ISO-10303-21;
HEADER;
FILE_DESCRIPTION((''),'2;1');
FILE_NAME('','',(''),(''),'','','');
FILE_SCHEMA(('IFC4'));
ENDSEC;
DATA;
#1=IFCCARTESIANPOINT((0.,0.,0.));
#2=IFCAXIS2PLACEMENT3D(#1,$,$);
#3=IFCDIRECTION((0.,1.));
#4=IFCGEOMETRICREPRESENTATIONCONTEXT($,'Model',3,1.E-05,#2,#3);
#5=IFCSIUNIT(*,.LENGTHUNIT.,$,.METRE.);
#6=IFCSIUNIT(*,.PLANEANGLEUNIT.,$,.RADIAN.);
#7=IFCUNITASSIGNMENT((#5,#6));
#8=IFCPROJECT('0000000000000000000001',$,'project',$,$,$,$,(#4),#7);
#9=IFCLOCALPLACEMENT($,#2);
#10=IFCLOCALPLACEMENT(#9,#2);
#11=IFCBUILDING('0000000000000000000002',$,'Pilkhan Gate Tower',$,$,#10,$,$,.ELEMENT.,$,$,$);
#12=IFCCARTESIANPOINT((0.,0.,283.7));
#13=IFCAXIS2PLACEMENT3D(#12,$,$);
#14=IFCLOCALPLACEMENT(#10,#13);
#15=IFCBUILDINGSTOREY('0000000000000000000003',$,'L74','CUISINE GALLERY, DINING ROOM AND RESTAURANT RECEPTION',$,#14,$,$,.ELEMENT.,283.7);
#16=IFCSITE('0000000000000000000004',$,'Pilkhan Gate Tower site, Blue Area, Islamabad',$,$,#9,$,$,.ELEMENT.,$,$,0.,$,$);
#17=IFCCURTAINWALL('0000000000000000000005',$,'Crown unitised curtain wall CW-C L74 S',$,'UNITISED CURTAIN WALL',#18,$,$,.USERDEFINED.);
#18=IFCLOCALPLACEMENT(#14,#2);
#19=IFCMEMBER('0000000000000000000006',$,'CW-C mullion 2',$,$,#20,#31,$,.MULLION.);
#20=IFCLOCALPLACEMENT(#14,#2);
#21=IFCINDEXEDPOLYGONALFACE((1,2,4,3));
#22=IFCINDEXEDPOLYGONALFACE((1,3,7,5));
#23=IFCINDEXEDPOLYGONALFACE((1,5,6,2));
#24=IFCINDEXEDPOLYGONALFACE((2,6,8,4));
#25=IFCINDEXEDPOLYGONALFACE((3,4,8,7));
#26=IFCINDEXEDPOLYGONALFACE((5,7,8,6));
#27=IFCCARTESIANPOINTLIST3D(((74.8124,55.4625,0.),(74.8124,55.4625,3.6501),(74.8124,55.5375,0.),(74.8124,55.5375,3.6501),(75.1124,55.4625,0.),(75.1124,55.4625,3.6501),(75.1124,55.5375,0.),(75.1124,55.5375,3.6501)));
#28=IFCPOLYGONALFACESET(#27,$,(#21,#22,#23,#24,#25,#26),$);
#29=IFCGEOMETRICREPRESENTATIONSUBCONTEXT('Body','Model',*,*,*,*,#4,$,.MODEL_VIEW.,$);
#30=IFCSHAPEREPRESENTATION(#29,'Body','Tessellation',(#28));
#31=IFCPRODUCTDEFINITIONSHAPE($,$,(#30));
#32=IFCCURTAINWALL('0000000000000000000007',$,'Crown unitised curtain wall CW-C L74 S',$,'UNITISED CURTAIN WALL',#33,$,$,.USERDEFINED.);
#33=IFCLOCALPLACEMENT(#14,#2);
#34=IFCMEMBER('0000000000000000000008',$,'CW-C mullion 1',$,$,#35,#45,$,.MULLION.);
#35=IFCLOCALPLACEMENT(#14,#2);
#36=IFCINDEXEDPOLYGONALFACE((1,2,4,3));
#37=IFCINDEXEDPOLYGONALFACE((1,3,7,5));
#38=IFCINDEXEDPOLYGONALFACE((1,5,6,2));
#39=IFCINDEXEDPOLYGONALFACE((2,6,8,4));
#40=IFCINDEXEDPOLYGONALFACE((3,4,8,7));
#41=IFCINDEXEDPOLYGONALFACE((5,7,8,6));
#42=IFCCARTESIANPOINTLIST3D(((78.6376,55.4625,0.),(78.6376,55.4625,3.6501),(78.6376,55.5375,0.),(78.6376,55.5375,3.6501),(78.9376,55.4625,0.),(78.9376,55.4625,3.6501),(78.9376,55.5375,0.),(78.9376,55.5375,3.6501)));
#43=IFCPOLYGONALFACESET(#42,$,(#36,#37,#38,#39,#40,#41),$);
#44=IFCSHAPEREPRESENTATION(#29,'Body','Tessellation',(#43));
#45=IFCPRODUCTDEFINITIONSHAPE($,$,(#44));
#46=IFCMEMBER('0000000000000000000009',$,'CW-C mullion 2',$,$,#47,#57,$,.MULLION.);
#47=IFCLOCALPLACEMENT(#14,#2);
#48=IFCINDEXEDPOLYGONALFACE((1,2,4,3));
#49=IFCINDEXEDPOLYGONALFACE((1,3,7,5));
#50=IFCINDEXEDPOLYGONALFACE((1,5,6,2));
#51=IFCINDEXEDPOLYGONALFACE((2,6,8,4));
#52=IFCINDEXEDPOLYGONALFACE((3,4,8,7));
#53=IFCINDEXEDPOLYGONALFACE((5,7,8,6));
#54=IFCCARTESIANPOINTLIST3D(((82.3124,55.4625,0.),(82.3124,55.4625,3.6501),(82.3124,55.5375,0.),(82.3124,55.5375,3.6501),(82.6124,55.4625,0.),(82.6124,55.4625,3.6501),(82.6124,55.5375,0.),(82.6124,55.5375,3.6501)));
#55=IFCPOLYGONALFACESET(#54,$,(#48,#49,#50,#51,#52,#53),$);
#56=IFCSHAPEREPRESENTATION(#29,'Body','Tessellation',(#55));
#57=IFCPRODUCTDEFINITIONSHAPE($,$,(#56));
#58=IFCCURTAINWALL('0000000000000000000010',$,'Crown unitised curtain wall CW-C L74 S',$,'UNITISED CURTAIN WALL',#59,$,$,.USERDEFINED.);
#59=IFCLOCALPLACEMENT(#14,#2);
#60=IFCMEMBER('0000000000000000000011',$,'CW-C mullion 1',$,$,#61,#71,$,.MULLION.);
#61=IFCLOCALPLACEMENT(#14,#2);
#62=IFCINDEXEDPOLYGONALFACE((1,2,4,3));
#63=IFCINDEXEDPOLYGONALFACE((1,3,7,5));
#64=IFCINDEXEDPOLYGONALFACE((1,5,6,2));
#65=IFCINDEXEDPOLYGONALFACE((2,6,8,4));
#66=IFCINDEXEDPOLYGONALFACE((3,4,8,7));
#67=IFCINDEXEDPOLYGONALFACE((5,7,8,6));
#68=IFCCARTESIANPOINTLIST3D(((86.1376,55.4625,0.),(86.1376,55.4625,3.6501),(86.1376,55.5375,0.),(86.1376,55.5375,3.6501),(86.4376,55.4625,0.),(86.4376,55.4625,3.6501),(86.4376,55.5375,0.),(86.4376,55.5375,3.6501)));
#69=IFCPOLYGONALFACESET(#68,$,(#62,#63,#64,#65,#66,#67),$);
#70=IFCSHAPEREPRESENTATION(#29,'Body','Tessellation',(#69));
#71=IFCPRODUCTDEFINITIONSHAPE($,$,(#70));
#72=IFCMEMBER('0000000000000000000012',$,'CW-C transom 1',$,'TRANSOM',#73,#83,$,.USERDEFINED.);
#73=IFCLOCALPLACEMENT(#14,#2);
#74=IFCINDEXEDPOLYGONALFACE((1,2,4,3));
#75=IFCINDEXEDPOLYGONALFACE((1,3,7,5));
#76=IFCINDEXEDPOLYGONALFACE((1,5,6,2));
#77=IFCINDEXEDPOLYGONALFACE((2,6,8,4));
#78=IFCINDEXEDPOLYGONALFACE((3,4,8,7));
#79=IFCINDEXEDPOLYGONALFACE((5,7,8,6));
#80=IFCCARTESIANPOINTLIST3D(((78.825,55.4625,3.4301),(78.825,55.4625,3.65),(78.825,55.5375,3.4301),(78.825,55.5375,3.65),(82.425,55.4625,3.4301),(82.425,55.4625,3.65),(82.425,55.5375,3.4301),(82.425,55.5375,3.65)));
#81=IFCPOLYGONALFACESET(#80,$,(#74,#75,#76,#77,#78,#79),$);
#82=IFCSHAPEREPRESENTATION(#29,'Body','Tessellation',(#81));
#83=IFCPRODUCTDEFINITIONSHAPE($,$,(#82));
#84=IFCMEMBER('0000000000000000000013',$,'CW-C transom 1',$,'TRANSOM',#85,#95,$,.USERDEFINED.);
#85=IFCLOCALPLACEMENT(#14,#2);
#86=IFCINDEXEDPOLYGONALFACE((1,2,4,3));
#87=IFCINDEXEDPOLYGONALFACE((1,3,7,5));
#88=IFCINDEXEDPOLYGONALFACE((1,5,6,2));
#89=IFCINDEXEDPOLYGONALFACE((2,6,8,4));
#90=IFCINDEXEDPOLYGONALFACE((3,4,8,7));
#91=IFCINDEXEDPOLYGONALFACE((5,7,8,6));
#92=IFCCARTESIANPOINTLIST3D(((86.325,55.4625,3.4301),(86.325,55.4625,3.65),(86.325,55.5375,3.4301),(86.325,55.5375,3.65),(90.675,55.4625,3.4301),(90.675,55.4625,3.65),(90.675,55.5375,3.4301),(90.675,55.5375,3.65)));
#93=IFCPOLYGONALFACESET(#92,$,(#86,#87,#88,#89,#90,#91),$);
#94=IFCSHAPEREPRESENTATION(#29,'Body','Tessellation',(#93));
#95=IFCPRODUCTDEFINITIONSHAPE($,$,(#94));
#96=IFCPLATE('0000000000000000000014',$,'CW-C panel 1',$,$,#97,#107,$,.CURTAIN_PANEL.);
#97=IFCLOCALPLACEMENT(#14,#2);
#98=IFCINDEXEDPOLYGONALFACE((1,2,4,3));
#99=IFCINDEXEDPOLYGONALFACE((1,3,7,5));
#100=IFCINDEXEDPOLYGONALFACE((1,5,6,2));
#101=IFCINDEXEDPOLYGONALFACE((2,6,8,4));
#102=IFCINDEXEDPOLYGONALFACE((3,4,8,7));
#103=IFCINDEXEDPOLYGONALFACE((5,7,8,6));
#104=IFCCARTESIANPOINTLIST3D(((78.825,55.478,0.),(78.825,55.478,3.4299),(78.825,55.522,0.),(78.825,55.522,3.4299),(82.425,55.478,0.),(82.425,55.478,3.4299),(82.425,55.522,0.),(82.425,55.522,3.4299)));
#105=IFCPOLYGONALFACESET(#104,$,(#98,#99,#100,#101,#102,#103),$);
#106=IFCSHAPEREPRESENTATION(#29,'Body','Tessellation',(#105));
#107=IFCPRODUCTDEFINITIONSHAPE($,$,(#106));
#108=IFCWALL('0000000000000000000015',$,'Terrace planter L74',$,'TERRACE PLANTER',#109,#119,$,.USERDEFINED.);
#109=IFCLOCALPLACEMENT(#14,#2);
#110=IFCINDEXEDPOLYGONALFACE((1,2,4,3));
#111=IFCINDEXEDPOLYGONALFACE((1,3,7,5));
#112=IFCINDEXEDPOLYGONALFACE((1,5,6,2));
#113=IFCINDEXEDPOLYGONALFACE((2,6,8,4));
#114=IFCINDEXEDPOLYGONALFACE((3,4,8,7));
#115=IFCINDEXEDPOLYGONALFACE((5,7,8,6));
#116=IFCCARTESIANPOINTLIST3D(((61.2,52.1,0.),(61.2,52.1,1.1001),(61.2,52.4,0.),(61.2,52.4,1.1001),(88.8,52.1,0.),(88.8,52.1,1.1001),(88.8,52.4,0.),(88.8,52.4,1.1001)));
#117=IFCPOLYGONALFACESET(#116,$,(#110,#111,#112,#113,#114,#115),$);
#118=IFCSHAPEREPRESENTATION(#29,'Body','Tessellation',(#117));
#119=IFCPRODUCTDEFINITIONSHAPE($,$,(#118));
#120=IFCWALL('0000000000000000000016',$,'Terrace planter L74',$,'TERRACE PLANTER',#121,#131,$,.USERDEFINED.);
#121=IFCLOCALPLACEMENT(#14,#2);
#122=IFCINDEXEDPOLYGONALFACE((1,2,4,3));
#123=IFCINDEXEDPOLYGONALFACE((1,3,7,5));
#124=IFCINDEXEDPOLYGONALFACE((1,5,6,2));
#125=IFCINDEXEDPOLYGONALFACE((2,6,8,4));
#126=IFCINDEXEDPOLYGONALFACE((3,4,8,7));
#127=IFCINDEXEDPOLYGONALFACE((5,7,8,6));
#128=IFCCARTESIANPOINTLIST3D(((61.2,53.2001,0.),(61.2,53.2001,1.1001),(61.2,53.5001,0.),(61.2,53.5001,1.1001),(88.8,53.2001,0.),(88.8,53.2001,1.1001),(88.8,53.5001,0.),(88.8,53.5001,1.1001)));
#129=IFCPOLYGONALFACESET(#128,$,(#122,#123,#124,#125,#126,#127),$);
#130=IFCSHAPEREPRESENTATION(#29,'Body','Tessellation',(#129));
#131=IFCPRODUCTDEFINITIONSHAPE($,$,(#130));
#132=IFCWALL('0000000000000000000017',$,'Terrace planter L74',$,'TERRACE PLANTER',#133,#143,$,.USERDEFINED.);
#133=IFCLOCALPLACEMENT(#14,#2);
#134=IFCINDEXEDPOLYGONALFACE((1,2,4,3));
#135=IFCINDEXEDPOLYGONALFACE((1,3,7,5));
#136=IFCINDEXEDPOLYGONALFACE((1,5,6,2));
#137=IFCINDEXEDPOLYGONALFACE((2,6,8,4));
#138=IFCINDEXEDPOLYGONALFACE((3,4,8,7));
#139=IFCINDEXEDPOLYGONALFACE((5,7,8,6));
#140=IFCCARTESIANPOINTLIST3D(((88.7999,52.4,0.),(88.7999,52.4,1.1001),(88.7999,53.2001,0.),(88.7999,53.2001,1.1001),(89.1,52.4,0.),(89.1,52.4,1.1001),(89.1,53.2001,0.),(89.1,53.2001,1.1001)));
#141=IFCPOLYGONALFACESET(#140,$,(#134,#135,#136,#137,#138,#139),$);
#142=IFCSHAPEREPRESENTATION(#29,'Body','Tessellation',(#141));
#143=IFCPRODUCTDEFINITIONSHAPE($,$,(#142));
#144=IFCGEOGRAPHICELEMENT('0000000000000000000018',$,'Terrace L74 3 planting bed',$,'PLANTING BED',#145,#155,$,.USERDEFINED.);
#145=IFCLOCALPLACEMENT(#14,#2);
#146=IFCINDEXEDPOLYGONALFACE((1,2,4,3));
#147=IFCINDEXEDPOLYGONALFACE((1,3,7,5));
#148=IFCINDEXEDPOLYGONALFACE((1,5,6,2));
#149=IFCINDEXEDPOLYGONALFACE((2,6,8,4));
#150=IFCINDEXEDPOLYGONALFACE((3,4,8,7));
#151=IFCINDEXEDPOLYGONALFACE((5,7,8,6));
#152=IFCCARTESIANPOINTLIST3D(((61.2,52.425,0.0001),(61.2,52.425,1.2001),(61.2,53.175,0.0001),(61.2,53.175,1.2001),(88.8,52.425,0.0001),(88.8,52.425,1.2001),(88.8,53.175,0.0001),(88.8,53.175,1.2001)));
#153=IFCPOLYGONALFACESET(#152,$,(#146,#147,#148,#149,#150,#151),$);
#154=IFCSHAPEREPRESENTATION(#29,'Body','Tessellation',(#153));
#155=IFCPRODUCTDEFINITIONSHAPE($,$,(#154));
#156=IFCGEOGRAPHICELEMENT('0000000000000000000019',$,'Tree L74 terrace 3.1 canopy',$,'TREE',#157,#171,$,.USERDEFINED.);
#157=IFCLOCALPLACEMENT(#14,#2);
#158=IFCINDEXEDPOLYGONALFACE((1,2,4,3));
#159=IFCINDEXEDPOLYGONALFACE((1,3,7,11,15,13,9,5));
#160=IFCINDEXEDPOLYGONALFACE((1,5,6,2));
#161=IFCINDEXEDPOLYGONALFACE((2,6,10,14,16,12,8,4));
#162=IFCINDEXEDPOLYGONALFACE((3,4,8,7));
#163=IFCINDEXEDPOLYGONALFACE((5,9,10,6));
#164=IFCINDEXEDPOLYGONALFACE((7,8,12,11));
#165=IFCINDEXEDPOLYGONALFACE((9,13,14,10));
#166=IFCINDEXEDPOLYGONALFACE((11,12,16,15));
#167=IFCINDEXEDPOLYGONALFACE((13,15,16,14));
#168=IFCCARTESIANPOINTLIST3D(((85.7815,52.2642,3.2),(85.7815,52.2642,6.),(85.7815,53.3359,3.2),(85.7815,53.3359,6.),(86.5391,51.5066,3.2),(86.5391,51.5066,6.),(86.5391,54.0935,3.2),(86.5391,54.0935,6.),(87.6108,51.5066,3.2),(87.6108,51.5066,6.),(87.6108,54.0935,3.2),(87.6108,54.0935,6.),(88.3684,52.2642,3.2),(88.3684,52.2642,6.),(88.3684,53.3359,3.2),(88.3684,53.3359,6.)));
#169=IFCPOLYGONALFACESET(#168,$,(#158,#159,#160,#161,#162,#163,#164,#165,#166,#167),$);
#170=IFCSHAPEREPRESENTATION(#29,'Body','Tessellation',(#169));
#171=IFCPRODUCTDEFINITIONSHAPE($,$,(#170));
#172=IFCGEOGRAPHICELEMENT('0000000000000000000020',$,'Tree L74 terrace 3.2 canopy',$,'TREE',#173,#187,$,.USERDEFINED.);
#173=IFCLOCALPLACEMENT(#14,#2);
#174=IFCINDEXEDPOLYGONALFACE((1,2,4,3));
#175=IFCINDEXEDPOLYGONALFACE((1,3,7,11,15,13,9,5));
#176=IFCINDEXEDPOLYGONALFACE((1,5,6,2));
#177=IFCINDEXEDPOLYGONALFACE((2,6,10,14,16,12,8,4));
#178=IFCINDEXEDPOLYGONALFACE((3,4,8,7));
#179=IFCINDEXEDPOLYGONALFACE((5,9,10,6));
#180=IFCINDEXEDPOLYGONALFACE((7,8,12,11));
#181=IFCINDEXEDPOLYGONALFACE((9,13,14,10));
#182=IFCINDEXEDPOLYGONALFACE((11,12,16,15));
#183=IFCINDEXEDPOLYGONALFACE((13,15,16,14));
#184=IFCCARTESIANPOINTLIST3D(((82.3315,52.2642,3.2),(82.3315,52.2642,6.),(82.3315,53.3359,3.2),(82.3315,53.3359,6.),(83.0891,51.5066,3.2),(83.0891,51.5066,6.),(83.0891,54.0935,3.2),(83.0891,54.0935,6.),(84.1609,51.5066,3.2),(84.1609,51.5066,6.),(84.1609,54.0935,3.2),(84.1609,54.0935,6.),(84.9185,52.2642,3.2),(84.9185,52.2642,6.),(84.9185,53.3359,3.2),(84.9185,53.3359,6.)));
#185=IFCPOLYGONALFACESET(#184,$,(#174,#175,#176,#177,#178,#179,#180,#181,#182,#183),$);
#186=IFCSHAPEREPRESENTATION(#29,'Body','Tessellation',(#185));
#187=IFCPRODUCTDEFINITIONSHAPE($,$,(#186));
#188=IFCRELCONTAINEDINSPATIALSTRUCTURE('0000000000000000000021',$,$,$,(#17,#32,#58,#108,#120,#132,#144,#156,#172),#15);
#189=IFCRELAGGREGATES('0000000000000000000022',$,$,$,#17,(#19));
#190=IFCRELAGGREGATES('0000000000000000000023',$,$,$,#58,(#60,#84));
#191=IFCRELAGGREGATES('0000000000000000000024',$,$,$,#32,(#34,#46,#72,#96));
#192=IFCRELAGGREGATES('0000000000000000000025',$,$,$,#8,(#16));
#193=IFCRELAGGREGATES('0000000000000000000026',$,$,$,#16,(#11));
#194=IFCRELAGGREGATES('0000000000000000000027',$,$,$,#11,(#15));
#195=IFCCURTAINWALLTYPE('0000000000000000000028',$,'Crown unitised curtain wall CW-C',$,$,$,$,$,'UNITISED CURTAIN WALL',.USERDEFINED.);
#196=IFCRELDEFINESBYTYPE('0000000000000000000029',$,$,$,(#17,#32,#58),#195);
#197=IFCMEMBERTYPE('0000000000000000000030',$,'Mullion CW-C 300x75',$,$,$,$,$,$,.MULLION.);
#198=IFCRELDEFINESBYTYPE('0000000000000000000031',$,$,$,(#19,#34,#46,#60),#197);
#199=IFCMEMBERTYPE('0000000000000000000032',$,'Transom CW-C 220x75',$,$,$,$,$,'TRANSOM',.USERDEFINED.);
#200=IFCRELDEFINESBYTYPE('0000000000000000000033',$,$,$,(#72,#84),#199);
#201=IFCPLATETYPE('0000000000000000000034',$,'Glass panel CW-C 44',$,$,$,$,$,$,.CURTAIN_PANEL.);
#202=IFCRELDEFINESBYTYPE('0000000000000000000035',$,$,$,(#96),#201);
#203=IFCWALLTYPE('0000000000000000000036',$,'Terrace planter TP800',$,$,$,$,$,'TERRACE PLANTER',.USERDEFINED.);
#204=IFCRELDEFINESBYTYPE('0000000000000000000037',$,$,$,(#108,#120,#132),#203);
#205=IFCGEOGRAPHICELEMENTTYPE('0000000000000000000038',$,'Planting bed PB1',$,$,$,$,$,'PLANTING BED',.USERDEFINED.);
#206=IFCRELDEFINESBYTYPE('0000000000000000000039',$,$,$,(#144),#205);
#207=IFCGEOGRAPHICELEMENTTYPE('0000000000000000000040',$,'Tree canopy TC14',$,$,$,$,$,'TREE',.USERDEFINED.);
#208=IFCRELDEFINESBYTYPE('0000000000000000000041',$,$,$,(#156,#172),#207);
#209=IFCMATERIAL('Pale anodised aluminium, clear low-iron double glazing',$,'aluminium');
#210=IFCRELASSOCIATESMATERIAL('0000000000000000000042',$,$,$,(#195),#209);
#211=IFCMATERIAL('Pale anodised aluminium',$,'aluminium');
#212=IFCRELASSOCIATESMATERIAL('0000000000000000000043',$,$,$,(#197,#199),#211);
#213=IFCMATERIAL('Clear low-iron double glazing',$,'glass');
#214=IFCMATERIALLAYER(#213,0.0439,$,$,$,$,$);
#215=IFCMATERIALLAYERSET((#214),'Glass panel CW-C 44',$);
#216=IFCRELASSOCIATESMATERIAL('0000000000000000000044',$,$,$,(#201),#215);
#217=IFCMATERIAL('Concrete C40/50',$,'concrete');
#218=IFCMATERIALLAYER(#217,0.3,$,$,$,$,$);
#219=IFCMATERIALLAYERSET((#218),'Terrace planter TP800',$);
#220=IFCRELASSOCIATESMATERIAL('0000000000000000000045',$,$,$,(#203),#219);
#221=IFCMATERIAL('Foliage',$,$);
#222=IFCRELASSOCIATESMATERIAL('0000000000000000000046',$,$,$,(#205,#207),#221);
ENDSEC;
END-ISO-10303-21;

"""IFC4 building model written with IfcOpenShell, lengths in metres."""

from ifc_helpers import new_model, si_unit, direction, frame, frame_2d, origin, origin_2d, place, context, subcontext, project, spatial, polyline, rectangle, outline, extrude, material, layer, layer_set, material_profile, profile_set, type_object, element, aggregate, save


model = new_model("IFC4")

# Units and contexts
model_context = context("Model", 3, precision=1e-05, world=origin(), true_north=direction((0.0, 1.0)))
body_context = subcontext(model_context, "Body", "Model", "MODEL_VIEW")
ifc_project = project(units=[si_unit("LENGTHUNIT", "METRE"), si_unit("PLANEANGLEUNIT", "RADIAN")], contexts=[model_context])

# Site, building, storey
site_placement = place(None, origin())
site = spatial("IfcSite", under=ifc_project, at=site_placement, Name="Pilkhan Gate Tower site, Blue Area, Islamabad", CompositionType="ELEMENT", RefElevation=0.0)
building_placement = place(site_placement, origin())
building = spatial("IfcBuilding", under=site, at=building_placement, Name="Pilkhan Gate Tower", CompositionType="ELEMENT")
storey_placement = place(building_placement, frame((0.0, 0.0, 283.7)))
storey = spatial("IfcBuildingStorey", under=building, at=storey_placement, Name="L74", Description="CUISINE GALLERY, DINING ROOM AND RESTAURANT RECEPTION", CompositionType="ELEMENT", Elevation=283.7)

# Curtain wall, member
ifc_material_1 = material(Name="Pale anodised aluminium, clear low-iron double glazing", Category="aluminium")
curtain_wall_type = type_object("IfcCurtainWallType", Name="Crown unitised curtain wall CW-C", ElementType="UNITISED CURTAIN WALL", PredefinedType="USERDEFINED", material=ifc_material_1)
curtain_wall_1_placement = place(storey_placement, origin())
curtain_wall_1 = element("IfcCurtainWall", 1, at=curtain_wall_1_placement, inside=storey, type_object=curtain_wall_type, Name="Crown unitised curtain wall CW-C L74 S", ObjectType="UNITISED CURTAIN WALL", PredefinedType="USERDEFINED")
ifc_material_2 = material(Name="Pale anodised aluminium", Category="aluminium")
ifc_material_profile_1 = material_profile(ifc_material_2, rectangle(XDim=0.075, YDim=0.3, at=origin_2d()), Name="Mullion 300x75")
ifc_profile_set_1 = profile_set([ifc_material_profile_1], Name="Pale anodised aluminium")
member_type_1 = type_object("IfcMemberType", Name="Mullion CW-C 300x75", PredefinedType="MULLION", material=ifc_profile_set_1)
member_1_placement = place(storey_placement, frame((74.9624, 55.5, 0.0), z_axis=(0.0, 0.0, 1.0), x_axis=(0.0, 1.0, 0.0)))
member_1 = element("IfcMember", 2, at=member_1_placement, type_object=member_type_1, Name="CW-C mullion 2", PredefinedType="MULLION", context=body_context, shape_type="SweptSolid", body=[
    extrude(rectangle(XDim=0.075, YDim=0.3, at=origin_2d()), origin(), (0.0, 0.0, 1.0), 3.6501),
])
aggregate(curtain_wall_1, [member_1])

# Curtain wall, members
curtain_wall_2_placement = place(storey_placement, origin())
curtain_wall_2 = element("IfcCurtainWall", 3, at=curtain_wall_2_placement, inside=storey, type_object=curtain_wall_type, Name="Crown unitised curtain wall CW-C L74 S", ObjectType="UNITISED CURTAIN WALL", PredefinedType="USERDEFINED")
member_2_placement = place(storey_placement, frame((78.7876, 55.5, 0.0), z_axis=(0.0, 0.0, 1.0), x_axis=(0.0, 1.0, 0.0)))
member_2 = element("IfcMember", 4, at=member_2_placement, type_object=member_type_1, Name="CW-C mullion 1", PredefinedType="MULLION", context=body_context, shape_type="SweptSolid", body=[
    extrude(rectangle(XDim=0.075, YDim=0.3, at=origin_2d()), origin(), (0.0, 0.0, 1.0), 3.6501),
])
member_3_placement = place(storey_placement, frame((82.4624, 55.5, 0.0), z_axis=(0.0, 0.0, 1.0), x_axis=(0.0, 1.0, 0.0)))
member_3 = element("IfcMember", 5, at=member_3_placement, type_object=member_type_1, Name="CW-C mullion 2", PredefinedType="MULLION", context=body_context, shape_type="SweptSolid", body=[
    extrude(rectangle(XDim=0.075, YDim=0.3, at=origin_2d()), origin(), (0.0, 0.0, 1.0), 3.6501),
])

# Curtain wall, member
curtain_wall_3_placement = place(storey_placement, origin())
curtain_wall_3 = element("IfcCurtainWall", 6, at=curtain_wall_3_placement, inside=storey, type_object=curtain_wall_type, Name="Crown unitised curtain wall CW-C L74 S", ObjectType="UNITISED CURTAIN WALL", PredefinedType="USERDEFINED")
member_4_placement = place(storey_placement, frame((86.2876, 55.5, 0.0), z_axis=(0.0, 0.0, 1.0), x_axis=(0.0, 1.0, 0.0)))
member_4 = element("IfcMember", 7, at=member_4_placement, type_object=member_type_1, Name="CW-C mullion 1", PredefinedType="MULLION", context=body_context, shape_type="SweptSolid", body=[
    extrude(rectangle(XDim=0.075, YDim=0.3, at=origin_2d()), origin(), (0.0, 0.0, 1.0), 3.6501),
])

# Members
ifc_material_profile_2 = material_profile(ifc_material_2, rectangle(XDim=0.075, YDim=0.22, at=origin_2d()), Name="Transom 220x75")
ifc_profile_set_2 = profile_set([ifc_material_profile_2], Name="Pale anodised aluminium")
member_type_2 = type_object("IfcMemberType", Name="Transom CW-C 220x75", ElementType="TRANSOM", PredefinedType="USERDEFINED", material=ifc_profile_set_2)
member_5_placement = place(storey_placement, frame((78.825, 55.5, 3.54), z_axis=(1.0, 0.0, 0.0), x_axis=(0.0, 1.0, 0.0)))
member_5 = element("IfcMember", 8, at=member_5_placement, type_object=member_type_2, Name="CW-C transom 1", ObjectType="TRANSOM", PredefinedType="USERDEFINED", context=body_context, shape_type="SweptSolid", body=[
    extrude(rectangle(XDim=0.075, YDim=0.22, at=origin_2d()), origin(), (0.0, 0.0, 1.0), 3.6001),
])
member_6_placement = place(storey_placement, frame((86.325, 55.5, 3.54), z_axis=(1.0, 0.0, 0.0), x_axis=(0.0, 1.0, 0.0)))
member_6 = element("IfcMember", 9, at=member_6_placement, type_object=member_type_2, Name="CW-C transom 1", ObjectType="TRANSOM", PredefinedType="USERDEFINED", context=body_context, shape_type="SweptSolid", body=[
    extrude(rectangle(XDim=0.075, YDim=0.22, at=origin_2d()), origin(), (0.0, 0.0, 1.0), 4.3501),
])
aggregate(curtain_wall_3, [member_4, member_6])

# Plate
ifc_material_3 = material(Name="Clear low-iron double glazing", Category="glass")
ifc_layer_1 = layer(ifc_material_3, 0.0439)
ifc_layer_set_1 = layer_set([ifc_layer_1], Name="Glass panel CW-C 44")
plate_type = type_object("IfcPlateType", Name="Glass panel CW-C 44", PredefinedType="CURTAIN_PANEL", material=ifc_layer_set_1)
plate_placement = place(storey_placement, frame((80.625, 55.5, 0.0), z_axis=(0.0, 0.0, 1.0), x_axis=(1.0, 0.0, 0.0)))
plate = element("IfcPlate", 10, at=plate_placement, type_object=plate_type, Name="CW-C panel 1", PredefinedType="CURTAIN_PANEL", context=body_context, shape_type="SweptSolid", body=[
    extrude(rectangle(XDim=3.6001, YDim=0.0439, at=origin_2d()), origin(), (0.0, 0.0, 1.0), 3.4299),
])
aggregate(curtain_wall_2, [member_2, member_3, member_5, plate])

# Walls
ifc_material_4 = material(Name="Concrete C40/50", Category="concrete")
ifc_layer_2 = layer(ifc_material_4, 0.3)
ifc_layer_set_2 = layer_set([ifc_layer_2], Name="Terrace planter TP800")
wall_type_1 = type_object("IfcWallType", Name="Terrace planter TP800", ElementType="TERRACE PLANTER", PredefinedType="USERDEFINED", material=ifc_layer_set_2)
for number, where, z_axis, x_axis, name in (
    (11, (88.8, 52.25, 0.0), (0.0, 0.0, 1.0), (-1.0, 0.0, 0.0), "Terrace planter L74"),
    (12, (88.8, 53.3501, 0.0), (0.0, 0.0, 1.0), (-1.0, 0.0, 0.0), "Terrace planter L74"),
):
    element("IfcWall", number, at=place(storey_placement, frame(where, z_axis=z_axis, x_axis=x_axis)), inside=storey, type_object=wall_type_1, Name=name, ObjectType="TERRACE PLANTER", PredefinedType="USERDEFINED", context=body_context, shape_type="SweptSolid", body=[
        extrude(rectangle(XDim=27.6001, YDim=0.3, at=frame_2d((13.8, 0.0))), origin(), (0.0, 0.0, 1.0), 1.1001),
    ])
wall_1_placement = place(storey_placement, frame((88.95, 53.2, 0.0), z_axis=(0.0, 0.0, 1.0), x_axis=(0.0, -1.0, 0.0)))
element("IfcWall", 13, at=wall_1_placement, inside=storey, type_object=wall_type_1, Name="Terrace planter L74", ObjectType="TERRACE PLANTER", PredefinedType="USERDEFINED", context=body_context, shape_type="SweptSolid", body=[
    extrude(rectangle(XDim=0.8, YDim=0.3, at=frame_2d((0.3999, 0.0))), origin(), (0.0, 0.0, 1.0), 1.1001),
])

# Geographic elements
ifc_material_5 = material(Name="Foliage")
ifc_material_profile_3 = material_profile(ifc_material_5, rectangle(XDim=0.75, YDim=1.2, at=origin_2d()), Name="Bed 750x1200")
ifc_profile_set_3 = profile_set([ifc_material_profile_3], Name="Foliage")
geographic_element_type_1 = type_object("IfcGeographicElementType", Name="Planting bed PB1", ElementType="PLANTING BED", PredefinedType="USERDEFINED", material=ifc_profile_set_3)
geographic_element_placement = place(storey_placement, frame((88.8, 52.8, 0.6001), z_axis=(-1.0, 0.0, 0.0), x_axis=(0.0, -1.0, 0.0)))
element("IfcGeographicElement", 14, at=geographic_element_placement, inside=storey, type_object=geographic_element_type_1, Name="Terrace L74 3 planting bed", ObjectType="PLANTING BED", PredefinedType="USERDEFINED", context=body_context, shape_type="SweptSolid", body=[
    extrude(rectangle(XDim=0.75, YDim=1.2, at=origin_2d()), origin(), (0.0, 0.0, 1.0), 27.6001),
])
ifc_material_profile_4 = material_profile(ifc_material_5, outline(polyline([(1.2935, 0.5359), (0.5359, 1.2935), (-0.5359, 1.2935), (-1.2935, 0.5359), (-1.2935, -0.5359), (-0.5359, -1.2935), (0.5359, -1.2935), (1.2935, -0.5359), (1.2935, 0.5359)])), Name="Canopy D2.8")
ifc_profile_set_4 = profile_set([ifc_material_profile_4], Name="Foliage")
geographic_element_type_2 = type_object("IfcGeographicElementType", Name="Tree canopy TC14", ElementType="TREE", PredefinedType="USERDEFINED", material=ifc_profile_set_4)
for number, where, z_axis, x_axis, name in (
    (15, (87.075, 52.8, 3.2), (0.0, 0.0, 1.0), (1.0, 0.0, 0.0), "Tree L74 terrace 3.1 canopy"),
    (16, (83.625, 52.8, 3.2), (0.0, 0.0, 1.0), (1.0, 0.0, 0.0), "Tree L74 terrace 3.2 canopy"),
):
    element("IfcGeographicElement", number, at=place(storey_placement, frame(where, z_axis=z_axis, x_axis=x_axis)), inside=storey, type_object=geographic_element_type_2, Name=name, ObjectType="TREE", PredefinedType="USERDEFINED", context=body_context, shape_type="SweptSolid", body=[
        extrude(outline(polyline([(1.2935, 0.5359), (0.5359, 1.2935), (-0.5359, 1.2935), (-1.2935, 0.5359), (-1.2935, -0.5359), (-0.5359, -1.2935), (0.5359, -1.2935), (1.2935, -0.5359), (1.2935, 0.5359)])), origin(), (0.0, 0.0, 1.0), 2.8),
    ])

save(model, "model.ifc")
